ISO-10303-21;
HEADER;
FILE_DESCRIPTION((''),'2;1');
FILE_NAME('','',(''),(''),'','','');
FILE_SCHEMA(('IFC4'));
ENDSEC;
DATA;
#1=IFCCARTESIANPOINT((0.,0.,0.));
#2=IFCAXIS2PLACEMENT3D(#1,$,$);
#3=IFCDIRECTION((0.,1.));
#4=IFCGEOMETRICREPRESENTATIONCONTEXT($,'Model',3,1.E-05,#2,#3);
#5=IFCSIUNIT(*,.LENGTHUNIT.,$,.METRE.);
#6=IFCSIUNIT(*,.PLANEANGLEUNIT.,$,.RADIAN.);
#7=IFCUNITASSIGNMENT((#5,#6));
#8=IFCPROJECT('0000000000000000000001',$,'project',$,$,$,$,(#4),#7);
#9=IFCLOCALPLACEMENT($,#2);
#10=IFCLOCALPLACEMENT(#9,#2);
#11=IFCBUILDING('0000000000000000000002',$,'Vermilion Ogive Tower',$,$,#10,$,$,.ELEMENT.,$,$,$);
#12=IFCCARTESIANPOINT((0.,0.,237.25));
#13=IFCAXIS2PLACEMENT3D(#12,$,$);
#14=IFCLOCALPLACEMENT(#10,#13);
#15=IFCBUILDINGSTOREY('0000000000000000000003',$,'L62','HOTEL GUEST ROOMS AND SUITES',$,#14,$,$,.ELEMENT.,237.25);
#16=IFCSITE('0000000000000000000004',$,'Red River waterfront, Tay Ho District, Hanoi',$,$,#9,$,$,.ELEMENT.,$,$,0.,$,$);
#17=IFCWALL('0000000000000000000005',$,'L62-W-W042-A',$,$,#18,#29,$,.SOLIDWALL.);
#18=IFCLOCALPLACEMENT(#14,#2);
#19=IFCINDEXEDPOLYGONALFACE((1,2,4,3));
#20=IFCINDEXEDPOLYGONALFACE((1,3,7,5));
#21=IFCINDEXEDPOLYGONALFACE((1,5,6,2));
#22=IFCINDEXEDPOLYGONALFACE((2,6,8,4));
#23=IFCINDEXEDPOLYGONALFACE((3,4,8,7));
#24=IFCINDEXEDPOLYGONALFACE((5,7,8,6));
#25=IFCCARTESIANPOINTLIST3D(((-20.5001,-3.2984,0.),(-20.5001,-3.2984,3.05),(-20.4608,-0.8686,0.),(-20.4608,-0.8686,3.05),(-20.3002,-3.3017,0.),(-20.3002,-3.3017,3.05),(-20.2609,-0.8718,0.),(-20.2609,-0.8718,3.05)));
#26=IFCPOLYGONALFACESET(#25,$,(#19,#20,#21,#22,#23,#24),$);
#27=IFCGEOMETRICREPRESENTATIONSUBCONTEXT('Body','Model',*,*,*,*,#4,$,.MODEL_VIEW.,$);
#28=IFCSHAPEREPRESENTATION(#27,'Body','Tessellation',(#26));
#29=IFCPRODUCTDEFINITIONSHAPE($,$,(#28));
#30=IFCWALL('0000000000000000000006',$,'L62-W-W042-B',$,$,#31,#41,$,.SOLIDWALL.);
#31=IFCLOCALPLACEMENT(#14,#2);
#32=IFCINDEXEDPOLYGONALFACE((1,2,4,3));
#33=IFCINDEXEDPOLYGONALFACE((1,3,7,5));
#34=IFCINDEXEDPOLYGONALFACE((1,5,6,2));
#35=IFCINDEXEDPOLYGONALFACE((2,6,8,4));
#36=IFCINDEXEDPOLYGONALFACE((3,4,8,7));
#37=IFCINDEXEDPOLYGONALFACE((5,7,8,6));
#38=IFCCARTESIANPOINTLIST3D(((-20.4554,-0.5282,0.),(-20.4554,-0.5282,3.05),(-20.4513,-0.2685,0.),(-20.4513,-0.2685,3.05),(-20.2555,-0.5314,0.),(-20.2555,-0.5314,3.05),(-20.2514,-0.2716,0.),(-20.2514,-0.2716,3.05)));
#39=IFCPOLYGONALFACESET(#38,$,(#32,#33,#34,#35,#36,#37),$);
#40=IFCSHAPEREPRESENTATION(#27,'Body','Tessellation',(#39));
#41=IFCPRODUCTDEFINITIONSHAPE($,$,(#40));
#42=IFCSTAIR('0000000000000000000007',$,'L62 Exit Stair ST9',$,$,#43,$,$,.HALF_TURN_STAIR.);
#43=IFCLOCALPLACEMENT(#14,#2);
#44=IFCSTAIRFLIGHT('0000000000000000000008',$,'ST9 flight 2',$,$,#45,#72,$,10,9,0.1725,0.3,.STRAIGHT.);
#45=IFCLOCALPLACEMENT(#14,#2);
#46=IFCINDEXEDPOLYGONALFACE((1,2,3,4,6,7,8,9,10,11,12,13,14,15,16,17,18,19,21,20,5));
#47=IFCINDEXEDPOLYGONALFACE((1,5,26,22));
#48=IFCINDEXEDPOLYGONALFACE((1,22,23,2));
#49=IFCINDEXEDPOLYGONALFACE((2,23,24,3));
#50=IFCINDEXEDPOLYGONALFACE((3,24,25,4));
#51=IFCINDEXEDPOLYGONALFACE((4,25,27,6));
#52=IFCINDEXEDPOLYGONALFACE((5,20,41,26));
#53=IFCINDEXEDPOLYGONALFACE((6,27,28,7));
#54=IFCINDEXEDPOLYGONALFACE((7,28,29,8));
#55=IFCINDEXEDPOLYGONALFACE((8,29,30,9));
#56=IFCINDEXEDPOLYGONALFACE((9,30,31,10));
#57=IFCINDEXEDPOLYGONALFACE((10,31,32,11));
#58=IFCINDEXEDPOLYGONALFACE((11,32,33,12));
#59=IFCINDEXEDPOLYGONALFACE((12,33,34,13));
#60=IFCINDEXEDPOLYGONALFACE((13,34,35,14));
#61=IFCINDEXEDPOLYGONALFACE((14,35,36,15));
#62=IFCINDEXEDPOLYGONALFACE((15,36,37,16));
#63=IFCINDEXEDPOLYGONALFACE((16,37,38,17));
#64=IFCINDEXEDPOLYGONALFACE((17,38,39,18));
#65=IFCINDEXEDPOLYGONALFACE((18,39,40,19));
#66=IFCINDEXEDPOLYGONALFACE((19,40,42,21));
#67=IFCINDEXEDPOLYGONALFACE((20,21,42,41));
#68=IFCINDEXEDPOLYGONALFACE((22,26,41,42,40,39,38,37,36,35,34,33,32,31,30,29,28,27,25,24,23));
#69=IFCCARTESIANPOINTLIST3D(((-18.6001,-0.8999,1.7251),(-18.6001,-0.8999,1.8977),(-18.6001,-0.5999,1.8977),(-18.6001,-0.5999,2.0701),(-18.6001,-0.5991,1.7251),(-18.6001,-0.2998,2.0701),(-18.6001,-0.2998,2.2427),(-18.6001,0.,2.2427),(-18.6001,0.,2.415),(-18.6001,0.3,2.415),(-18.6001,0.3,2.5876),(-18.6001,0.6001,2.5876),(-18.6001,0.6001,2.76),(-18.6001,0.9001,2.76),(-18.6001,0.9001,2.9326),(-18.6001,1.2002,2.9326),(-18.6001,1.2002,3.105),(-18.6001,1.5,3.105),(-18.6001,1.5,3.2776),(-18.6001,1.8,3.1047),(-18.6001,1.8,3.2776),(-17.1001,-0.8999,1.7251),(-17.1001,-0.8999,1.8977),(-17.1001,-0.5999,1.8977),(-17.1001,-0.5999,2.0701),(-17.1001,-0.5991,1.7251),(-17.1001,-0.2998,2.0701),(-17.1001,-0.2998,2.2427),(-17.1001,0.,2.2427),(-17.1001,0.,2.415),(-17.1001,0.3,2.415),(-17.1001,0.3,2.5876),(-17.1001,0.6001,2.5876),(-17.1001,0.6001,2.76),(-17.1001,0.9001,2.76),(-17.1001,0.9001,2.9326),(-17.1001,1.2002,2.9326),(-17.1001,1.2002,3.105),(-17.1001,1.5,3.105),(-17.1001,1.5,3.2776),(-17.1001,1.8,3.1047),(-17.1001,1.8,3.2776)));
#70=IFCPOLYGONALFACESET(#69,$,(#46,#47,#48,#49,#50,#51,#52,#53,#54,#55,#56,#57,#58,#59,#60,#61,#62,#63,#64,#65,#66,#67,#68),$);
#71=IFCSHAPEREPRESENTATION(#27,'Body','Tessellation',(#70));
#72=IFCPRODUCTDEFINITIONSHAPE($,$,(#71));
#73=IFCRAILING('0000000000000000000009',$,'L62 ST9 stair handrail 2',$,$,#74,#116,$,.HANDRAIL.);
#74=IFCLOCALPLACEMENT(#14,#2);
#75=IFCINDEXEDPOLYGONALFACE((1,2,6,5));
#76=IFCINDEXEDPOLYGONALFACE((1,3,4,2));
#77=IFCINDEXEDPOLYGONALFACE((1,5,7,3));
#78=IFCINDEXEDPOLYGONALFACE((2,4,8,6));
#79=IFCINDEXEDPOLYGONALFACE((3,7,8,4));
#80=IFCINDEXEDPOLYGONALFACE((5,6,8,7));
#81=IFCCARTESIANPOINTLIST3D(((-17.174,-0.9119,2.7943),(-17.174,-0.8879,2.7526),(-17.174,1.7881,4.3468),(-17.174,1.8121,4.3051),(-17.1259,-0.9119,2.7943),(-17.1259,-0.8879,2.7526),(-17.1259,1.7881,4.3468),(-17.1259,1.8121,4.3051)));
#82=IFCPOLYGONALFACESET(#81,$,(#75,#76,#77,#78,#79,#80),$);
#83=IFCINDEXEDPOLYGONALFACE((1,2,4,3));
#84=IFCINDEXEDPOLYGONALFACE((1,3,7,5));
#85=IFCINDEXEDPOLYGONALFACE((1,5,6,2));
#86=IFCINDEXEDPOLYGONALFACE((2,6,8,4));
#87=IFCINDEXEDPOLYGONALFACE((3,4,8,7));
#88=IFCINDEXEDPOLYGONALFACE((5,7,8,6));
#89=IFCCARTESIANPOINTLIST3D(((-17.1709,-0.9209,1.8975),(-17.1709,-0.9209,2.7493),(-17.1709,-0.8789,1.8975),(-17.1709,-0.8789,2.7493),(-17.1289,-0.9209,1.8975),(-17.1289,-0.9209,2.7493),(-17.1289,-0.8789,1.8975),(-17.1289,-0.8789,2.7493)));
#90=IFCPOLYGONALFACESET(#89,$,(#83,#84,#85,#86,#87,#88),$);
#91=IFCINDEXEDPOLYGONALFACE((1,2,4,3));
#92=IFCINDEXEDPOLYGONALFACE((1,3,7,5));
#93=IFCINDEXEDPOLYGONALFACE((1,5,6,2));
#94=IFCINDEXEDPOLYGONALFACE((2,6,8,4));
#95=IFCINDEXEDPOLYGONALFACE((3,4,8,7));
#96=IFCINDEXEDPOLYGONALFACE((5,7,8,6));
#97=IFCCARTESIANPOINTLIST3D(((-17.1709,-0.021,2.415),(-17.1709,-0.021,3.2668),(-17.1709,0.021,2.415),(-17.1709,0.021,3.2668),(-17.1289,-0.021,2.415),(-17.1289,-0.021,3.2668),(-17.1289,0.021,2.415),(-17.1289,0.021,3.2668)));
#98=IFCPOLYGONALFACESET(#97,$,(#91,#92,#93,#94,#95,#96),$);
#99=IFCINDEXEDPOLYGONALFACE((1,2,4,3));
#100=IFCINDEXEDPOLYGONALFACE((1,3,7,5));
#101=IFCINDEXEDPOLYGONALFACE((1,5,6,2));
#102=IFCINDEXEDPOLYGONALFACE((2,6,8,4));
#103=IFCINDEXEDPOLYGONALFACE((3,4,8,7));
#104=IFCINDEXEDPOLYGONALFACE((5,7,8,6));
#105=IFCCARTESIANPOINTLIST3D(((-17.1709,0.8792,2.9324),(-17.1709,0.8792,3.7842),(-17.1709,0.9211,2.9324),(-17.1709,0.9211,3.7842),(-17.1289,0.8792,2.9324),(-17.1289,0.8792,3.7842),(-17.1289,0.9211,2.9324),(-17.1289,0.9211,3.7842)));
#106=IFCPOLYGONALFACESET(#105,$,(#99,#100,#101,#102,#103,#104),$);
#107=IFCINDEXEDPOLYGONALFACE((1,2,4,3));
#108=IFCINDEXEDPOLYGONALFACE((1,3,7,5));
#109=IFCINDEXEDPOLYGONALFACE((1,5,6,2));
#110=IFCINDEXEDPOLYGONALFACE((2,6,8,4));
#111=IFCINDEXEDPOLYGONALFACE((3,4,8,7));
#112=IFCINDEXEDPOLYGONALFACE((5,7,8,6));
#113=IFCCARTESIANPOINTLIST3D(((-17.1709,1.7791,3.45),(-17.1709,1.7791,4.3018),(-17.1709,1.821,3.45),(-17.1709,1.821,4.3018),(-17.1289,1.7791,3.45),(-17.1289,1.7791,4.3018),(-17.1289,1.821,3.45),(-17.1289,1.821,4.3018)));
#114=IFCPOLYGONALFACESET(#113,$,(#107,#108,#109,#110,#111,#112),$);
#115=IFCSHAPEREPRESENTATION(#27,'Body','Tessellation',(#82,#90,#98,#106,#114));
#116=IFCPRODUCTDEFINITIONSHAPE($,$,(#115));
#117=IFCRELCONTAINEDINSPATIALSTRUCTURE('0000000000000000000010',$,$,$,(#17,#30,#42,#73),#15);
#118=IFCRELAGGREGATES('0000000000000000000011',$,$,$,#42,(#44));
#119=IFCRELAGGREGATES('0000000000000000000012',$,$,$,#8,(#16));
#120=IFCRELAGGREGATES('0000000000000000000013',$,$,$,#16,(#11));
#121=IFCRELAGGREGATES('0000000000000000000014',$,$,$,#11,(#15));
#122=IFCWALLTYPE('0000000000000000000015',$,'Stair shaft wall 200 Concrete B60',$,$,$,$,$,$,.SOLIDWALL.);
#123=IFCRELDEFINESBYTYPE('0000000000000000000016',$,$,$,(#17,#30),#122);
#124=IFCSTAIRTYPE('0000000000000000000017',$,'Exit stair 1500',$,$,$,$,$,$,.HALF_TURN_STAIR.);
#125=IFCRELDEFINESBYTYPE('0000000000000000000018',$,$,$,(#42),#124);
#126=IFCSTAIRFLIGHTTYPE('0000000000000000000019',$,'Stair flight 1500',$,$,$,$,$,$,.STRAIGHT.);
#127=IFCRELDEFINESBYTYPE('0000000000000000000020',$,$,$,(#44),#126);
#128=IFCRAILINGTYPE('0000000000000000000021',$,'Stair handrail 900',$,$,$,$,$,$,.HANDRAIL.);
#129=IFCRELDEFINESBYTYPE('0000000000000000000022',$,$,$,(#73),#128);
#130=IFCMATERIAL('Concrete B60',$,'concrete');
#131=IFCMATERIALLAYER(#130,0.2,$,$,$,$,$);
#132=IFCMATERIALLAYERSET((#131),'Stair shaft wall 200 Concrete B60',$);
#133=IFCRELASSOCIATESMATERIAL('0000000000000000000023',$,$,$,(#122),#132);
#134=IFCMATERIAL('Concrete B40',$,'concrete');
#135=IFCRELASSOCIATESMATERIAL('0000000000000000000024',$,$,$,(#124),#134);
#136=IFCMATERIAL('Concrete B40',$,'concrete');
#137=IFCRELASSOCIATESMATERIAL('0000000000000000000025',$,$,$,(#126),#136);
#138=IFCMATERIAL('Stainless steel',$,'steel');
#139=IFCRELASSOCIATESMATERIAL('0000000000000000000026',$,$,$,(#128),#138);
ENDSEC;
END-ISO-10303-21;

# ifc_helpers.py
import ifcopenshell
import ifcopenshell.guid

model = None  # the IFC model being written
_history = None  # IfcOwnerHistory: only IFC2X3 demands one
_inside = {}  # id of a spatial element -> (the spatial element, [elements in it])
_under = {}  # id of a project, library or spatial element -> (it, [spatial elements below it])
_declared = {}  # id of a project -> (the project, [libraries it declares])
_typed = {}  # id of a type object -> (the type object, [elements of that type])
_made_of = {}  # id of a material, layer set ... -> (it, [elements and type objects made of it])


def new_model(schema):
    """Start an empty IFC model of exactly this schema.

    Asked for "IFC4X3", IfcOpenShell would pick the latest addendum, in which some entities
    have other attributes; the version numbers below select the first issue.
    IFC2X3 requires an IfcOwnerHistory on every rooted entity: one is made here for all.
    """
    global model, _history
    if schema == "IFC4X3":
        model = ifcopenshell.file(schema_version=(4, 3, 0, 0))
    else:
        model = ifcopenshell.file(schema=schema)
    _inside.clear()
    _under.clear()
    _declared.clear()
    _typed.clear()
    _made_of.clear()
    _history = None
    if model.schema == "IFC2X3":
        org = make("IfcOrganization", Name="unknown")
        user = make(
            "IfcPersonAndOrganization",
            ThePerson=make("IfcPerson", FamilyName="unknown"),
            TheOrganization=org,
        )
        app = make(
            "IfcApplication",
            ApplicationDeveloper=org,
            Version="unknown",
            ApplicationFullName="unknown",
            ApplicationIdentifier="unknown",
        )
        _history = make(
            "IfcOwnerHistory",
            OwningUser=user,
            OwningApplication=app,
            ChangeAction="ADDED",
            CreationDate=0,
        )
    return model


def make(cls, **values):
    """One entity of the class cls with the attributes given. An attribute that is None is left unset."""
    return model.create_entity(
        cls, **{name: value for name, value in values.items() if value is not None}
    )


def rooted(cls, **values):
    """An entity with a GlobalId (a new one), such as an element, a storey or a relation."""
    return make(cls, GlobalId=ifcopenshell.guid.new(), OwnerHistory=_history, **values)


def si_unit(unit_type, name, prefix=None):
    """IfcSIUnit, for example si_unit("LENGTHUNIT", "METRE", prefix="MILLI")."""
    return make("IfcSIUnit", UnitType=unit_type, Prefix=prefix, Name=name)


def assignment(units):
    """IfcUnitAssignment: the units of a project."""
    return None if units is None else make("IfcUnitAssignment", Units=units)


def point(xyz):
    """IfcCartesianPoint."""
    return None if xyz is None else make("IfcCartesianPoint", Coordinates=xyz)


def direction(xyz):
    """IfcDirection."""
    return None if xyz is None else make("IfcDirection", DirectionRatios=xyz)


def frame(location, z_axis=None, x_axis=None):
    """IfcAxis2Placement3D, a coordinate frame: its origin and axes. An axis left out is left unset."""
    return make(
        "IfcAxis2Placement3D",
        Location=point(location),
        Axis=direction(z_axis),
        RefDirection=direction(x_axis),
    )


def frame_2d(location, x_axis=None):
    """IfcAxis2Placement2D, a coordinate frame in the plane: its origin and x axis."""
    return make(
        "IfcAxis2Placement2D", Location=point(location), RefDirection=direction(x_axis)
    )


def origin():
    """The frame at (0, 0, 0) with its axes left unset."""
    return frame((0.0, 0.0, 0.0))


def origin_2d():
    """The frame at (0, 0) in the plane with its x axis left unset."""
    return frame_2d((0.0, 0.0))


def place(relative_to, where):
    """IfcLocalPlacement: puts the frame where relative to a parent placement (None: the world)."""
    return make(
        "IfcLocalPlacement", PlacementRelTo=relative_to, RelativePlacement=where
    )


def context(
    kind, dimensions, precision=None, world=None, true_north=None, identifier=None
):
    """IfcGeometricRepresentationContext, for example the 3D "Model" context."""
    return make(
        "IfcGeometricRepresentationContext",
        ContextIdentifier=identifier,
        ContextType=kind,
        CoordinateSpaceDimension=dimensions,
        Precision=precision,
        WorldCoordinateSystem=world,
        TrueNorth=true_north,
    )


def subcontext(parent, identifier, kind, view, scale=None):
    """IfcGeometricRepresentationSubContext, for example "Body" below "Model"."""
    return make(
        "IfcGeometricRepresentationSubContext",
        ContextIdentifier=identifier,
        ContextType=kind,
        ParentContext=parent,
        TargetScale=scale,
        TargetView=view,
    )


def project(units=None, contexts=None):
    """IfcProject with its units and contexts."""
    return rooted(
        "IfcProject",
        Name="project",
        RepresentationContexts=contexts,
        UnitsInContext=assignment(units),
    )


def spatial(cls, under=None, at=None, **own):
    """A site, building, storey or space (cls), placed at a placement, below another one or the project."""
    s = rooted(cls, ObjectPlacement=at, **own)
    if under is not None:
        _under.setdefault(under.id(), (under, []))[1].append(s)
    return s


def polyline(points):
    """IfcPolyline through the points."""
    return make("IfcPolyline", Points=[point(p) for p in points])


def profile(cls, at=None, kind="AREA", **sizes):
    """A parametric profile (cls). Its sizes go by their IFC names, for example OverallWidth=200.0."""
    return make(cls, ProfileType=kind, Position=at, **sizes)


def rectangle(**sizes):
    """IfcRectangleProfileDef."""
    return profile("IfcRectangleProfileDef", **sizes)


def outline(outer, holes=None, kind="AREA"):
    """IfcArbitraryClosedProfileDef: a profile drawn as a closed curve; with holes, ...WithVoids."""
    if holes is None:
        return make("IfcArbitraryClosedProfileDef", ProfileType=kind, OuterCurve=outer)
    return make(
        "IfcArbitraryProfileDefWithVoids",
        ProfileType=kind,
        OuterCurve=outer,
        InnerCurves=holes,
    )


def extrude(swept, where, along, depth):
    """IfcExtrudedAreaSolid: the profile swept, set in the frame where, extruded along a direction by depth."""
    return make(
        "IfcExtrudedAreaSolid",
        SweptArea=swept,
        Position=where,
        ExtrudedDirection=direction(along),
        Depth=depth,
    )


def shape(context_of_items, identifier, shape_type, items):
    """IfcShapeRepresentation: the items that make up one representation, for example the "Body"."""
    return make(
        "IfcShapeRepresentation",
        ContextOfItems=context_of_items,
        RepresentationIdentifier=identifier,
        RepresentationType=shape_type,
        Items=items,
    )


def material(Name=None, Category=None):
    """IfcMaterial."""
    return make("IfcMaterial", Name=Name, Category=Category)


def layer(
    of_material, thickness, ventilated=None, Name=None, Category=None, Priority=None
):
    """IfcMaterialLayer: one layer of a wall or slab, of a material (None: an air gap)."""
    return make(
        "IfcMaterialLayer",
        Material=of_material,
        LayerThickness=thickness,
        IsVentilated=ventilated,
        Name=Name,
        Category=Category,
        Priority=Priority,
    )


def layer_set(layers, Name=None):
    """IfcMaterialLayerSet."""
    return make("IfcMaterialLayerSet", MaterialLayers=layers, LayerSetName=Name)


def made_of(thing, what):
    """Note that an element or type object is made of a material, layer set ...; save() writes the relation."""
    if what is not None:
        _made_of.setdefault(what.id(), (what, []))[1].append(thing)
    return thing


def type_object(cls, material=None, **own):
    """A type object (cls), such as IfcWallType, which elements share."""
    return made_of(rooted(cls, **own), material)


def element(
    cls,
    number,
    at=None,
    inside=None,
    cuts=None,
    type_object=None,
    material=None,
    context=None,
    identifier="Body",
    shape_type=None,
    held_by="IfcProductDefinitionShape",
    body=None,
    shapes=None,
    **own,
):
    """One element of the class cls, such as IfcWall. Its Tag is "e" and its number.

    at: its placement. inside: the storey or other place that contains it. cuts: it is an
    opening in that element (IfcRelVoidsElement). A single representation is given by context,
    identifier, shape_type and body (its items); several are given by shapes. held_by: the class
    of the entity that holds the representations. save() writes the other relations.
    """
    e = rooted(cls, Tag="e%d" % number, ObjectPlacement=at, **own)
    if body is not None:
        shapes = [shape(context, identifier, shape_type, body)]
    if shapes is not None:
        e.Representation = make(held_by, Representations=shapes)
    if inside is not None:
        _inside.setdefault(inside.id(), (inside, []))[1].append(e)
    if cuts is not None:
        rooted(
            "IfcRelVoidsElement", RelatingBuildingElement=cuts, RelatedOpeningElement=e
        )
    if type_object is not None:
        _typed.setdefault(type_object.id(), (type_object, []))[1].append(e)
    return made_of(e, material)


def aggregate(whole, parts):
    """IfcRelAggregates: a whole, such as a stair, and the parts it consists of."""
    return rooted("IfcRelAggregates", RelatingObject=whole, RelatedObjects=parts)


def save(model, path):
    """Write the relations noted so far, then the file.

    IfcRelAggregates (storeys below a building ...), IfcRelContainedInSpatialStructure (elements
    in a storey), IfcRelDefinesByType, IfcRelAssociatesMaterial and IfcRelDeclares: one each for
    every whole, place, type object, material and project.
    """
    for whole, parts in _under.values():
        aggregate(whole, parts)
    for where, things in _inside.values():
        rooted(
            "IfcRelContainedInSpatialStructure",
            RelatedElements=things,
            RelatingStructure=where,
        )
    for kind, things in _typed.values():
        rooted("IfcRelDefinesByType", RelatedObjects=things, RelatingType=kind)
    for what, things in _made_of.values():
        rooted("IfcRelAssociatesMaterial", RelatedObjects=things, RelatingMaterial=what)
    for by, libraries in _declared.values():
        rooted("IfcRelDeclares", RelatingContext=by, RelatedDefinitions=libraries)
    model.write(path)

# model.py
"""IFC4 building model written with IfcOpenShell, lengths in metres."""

from ifc_helpers import new_model, si_unit, direction, frame, frame_2d, origin, origin_2d, place, context, subcontext, project, spatial, polyline, rectangle, outline, extrude, material, layer, layer_set, type_object, element, aggregate, save


model = new_model("IFC4")

# Units and contexts
model_context = context("Model", 3, precision=1e-05, world=origin(), true_north=direction((0.0, 1.0)))
body_context = subcontext(model_context, "Body", "Model", "MODEL_VIEW")
ifc_project = project(units=[si_unit("LENGTHUNIT", "METRE"), si_unit("PLANEANGLEUNIT", "RADIAN")], contexts=[model_context])

# Site, building, storey
site_placement = place(None, origin())
site = spatial("IfcSite", under=ifc_project, at=site_placement, Name="Red River waterfront, Tay Ho District, Hanoi", CompositionType="ELEMENT", RefElevation=0.0)
building_placement = place(site_placement, origin())
building = spatial("IfcBuilding", under=site, at=building_placement, Name="Vermilion Ogive Tower", CompositionType="ELEMENT")
storey_placement = place(building_placement, frame((0.0, 0.0, 237.25)))
storey = spatial("IfcBuildingStorey", under=building, at=storey_placement, Name="L62", Description="HOTEL GUEST ROOMS AND SUITES", CompositionType="ELEMENT", Elevation=237.25)

# Shared definitions
ifc_material_1 = material(Name="Concrete B60", Category="concrete")
ifc_layer_1 = layer(ifc_material_1, 0.2)
ifc_layer_set_1 = layer_set([ifc_layer_1], Name="Stair shaft wall 200 Concrete B60")
wall_type_1 = type_object("IfcWallType", Name="Stair shaft wall 200 Concrete B60", PredefinedType="SOLIDWALL", material=ifc_layer_set_1)

# Walls
wall_1_placement = place(storey_placement, frame((-20.4001, -3.3, 0.0), z_axis=(0.0, 0.0, 1.0), x_axis=(0.016174, 0.999869, 0.0)))
element("IfcWall", 1, at=wall_1_placement, inside=storey, type_object=wall_type_1, Name="L62-W-W042-A", PredefinedType="SOLIDWALL", context=body_context, shape_type="SweptSolid", body=[
    extrude(rectangle(XDim=2.4302, YDim=0.2, at=frame_2d((1.2151, 0.0))), origin(), (0.0, 0.0, 1.0), 3.05),
])
wall_2_placement = place(storey_placement, frame((-20.3555, -0.5298, 0.0), z_axis=(0.0, 0.0, 1.0), x_axis=(0.015975, 0.999872, 0.0)))
element("IfcWall", 2, at=wall_2_placement, inside=storey, type_object=wall_type_1, Name="L62-W-W042-B", PredefinedType="SOLIDWALL", context=body_context, shape_type="SweptSolid", body=[
    extrude(rectangle(XDim=0.2598, YDim=0.2, at=frame_2d((0.1299, 0.0))), origin(), (0.0, 0.0, 1.0), 3.05),
])

# Stair, stair flight
ifc_material_2 = material(Name="Concrete B40", Category="concrete")
stair_type = type_object("IfcStairType", Name="Exit stair 1500", PredefinedType="HALF_TURN_STAIR", material=ifc_material_2)
stair_placement = place(storey_placement, origin())
stair = element("IfcStair", 3, at=stair_placement, inside=storey, type_object=stair_type, Name="L62 Exit Stair ST9", PredefinedType="HALF_TURN_STAIR")
ifc_material_3 = material(Name="Concrete B40", Category="concrete")
stair_flight_type = type_object("IfcStairFlightType", Name="Stair flight 1500", PredefinedType="STRAIGHT", material=ifc_material_3)
stair_flight_placement = place(storey_placement, frame((-17.8501, -0.8999, 1.7251), z_axis=(0.0, 0.0, 1.0), x_axis=(0.0, 1.0, 0.0)))
stair_flight = element("IfcStairFlight", 4, at=stair_flight_placement, type_object=stair_flight_type, Name="ST9 flight 2", NumberOfRisers=10, NumberOfTreads=9, PredefinedType="STRAIGHT", RiserHeight=0.1725, TreadLength=0.3, context=body_context, shape_type="SweptSolid", body=[
    extrude(outline(polyline([(0.0, 0.0), (0.0, 0.1726), (0.3, 0.1726), (0.3, 0.345), (0.6001, 0.345), (0.6001, 0.5176), (0.8999, 0.5176), (0.8999, 0.6899), (1.2, 0.6899), (1.2, 0.8625), (1.5, 0.8625), (1.5, 1.0349), (1.8, 1.0349), (1.8, 1.2075), (2.1001, 1.2075), (2.1001, 1.3799), (2.3999, 1.3799), (2.3999, 1.5525), (2.7, 1.5525), (2.7, 1.7251), (2.7, 1.3796), (0.3008, 0.0), (0.0, 0.0)])), frame((0.0, 0.75, 0.0), z_axis=(0.0, -1.0, 0.0), x_axis=(1.0, 0.0, 0.0)), (0.0, 0.0, 1.0), 1.5),
])
aggregate(stair, [stair_flight])

# Railing
ifc_material_4 = material(Name="Stainless steel", Category="steel")
railing_type = type_object("IfcRailingType", Name="Stair handrail 900", PredefinedType="HANDRAIL", material=ifc_material_4)
railing_placement = place(storey_placement, frame((-17.1499, -0.8999, 1.8975)))
element("IfcRailing", 5, at=railing_placement, inside=storey, type_object=railing_type, Name="L62 ST9 stair handrail 2", PredefinedType="HANDRAIL", context=body_context, shape_type="SweptSolid", body=[
    extrude(rectangle(XDim=0.0481, YDim=0.0481, at=origin_2d()), frame((0.0, 0.0, 0.876), z_axis=(0.0, 0.866904, 0.498476), x_axis=(-1.0, 0.0, 0.0)), (0.0, 0.0, 1.0), 3.1145),
    extrude(rectangle(XDim=0.042, YDim=0.042, at=origin_2d()), origin(), (0.0, 0.0, 1.0), 0.8518),
    extrude(rectangle(XDim=0.042, YDim=0.042, at=origin_2d()), frame((0.0, 0.8999, 0.5176)), (0.0, 0.0, 1.0), 0.8518),
    extrude(rectangle(XDim=0.042, YDim=0.042, at=origin_2d()), frame((0.0, 1.8, 1.0349)), (0.0, 0.0, 1.0), 0.8518),
    extrude(rectangle(XDim=0.042, YDim=0.042, at=origin_2d()), frame((0.0, 2.7, 1.5525)), (0.0, 0.0, 1.0), 0.8518),
])

save(model, "model.ifc")
